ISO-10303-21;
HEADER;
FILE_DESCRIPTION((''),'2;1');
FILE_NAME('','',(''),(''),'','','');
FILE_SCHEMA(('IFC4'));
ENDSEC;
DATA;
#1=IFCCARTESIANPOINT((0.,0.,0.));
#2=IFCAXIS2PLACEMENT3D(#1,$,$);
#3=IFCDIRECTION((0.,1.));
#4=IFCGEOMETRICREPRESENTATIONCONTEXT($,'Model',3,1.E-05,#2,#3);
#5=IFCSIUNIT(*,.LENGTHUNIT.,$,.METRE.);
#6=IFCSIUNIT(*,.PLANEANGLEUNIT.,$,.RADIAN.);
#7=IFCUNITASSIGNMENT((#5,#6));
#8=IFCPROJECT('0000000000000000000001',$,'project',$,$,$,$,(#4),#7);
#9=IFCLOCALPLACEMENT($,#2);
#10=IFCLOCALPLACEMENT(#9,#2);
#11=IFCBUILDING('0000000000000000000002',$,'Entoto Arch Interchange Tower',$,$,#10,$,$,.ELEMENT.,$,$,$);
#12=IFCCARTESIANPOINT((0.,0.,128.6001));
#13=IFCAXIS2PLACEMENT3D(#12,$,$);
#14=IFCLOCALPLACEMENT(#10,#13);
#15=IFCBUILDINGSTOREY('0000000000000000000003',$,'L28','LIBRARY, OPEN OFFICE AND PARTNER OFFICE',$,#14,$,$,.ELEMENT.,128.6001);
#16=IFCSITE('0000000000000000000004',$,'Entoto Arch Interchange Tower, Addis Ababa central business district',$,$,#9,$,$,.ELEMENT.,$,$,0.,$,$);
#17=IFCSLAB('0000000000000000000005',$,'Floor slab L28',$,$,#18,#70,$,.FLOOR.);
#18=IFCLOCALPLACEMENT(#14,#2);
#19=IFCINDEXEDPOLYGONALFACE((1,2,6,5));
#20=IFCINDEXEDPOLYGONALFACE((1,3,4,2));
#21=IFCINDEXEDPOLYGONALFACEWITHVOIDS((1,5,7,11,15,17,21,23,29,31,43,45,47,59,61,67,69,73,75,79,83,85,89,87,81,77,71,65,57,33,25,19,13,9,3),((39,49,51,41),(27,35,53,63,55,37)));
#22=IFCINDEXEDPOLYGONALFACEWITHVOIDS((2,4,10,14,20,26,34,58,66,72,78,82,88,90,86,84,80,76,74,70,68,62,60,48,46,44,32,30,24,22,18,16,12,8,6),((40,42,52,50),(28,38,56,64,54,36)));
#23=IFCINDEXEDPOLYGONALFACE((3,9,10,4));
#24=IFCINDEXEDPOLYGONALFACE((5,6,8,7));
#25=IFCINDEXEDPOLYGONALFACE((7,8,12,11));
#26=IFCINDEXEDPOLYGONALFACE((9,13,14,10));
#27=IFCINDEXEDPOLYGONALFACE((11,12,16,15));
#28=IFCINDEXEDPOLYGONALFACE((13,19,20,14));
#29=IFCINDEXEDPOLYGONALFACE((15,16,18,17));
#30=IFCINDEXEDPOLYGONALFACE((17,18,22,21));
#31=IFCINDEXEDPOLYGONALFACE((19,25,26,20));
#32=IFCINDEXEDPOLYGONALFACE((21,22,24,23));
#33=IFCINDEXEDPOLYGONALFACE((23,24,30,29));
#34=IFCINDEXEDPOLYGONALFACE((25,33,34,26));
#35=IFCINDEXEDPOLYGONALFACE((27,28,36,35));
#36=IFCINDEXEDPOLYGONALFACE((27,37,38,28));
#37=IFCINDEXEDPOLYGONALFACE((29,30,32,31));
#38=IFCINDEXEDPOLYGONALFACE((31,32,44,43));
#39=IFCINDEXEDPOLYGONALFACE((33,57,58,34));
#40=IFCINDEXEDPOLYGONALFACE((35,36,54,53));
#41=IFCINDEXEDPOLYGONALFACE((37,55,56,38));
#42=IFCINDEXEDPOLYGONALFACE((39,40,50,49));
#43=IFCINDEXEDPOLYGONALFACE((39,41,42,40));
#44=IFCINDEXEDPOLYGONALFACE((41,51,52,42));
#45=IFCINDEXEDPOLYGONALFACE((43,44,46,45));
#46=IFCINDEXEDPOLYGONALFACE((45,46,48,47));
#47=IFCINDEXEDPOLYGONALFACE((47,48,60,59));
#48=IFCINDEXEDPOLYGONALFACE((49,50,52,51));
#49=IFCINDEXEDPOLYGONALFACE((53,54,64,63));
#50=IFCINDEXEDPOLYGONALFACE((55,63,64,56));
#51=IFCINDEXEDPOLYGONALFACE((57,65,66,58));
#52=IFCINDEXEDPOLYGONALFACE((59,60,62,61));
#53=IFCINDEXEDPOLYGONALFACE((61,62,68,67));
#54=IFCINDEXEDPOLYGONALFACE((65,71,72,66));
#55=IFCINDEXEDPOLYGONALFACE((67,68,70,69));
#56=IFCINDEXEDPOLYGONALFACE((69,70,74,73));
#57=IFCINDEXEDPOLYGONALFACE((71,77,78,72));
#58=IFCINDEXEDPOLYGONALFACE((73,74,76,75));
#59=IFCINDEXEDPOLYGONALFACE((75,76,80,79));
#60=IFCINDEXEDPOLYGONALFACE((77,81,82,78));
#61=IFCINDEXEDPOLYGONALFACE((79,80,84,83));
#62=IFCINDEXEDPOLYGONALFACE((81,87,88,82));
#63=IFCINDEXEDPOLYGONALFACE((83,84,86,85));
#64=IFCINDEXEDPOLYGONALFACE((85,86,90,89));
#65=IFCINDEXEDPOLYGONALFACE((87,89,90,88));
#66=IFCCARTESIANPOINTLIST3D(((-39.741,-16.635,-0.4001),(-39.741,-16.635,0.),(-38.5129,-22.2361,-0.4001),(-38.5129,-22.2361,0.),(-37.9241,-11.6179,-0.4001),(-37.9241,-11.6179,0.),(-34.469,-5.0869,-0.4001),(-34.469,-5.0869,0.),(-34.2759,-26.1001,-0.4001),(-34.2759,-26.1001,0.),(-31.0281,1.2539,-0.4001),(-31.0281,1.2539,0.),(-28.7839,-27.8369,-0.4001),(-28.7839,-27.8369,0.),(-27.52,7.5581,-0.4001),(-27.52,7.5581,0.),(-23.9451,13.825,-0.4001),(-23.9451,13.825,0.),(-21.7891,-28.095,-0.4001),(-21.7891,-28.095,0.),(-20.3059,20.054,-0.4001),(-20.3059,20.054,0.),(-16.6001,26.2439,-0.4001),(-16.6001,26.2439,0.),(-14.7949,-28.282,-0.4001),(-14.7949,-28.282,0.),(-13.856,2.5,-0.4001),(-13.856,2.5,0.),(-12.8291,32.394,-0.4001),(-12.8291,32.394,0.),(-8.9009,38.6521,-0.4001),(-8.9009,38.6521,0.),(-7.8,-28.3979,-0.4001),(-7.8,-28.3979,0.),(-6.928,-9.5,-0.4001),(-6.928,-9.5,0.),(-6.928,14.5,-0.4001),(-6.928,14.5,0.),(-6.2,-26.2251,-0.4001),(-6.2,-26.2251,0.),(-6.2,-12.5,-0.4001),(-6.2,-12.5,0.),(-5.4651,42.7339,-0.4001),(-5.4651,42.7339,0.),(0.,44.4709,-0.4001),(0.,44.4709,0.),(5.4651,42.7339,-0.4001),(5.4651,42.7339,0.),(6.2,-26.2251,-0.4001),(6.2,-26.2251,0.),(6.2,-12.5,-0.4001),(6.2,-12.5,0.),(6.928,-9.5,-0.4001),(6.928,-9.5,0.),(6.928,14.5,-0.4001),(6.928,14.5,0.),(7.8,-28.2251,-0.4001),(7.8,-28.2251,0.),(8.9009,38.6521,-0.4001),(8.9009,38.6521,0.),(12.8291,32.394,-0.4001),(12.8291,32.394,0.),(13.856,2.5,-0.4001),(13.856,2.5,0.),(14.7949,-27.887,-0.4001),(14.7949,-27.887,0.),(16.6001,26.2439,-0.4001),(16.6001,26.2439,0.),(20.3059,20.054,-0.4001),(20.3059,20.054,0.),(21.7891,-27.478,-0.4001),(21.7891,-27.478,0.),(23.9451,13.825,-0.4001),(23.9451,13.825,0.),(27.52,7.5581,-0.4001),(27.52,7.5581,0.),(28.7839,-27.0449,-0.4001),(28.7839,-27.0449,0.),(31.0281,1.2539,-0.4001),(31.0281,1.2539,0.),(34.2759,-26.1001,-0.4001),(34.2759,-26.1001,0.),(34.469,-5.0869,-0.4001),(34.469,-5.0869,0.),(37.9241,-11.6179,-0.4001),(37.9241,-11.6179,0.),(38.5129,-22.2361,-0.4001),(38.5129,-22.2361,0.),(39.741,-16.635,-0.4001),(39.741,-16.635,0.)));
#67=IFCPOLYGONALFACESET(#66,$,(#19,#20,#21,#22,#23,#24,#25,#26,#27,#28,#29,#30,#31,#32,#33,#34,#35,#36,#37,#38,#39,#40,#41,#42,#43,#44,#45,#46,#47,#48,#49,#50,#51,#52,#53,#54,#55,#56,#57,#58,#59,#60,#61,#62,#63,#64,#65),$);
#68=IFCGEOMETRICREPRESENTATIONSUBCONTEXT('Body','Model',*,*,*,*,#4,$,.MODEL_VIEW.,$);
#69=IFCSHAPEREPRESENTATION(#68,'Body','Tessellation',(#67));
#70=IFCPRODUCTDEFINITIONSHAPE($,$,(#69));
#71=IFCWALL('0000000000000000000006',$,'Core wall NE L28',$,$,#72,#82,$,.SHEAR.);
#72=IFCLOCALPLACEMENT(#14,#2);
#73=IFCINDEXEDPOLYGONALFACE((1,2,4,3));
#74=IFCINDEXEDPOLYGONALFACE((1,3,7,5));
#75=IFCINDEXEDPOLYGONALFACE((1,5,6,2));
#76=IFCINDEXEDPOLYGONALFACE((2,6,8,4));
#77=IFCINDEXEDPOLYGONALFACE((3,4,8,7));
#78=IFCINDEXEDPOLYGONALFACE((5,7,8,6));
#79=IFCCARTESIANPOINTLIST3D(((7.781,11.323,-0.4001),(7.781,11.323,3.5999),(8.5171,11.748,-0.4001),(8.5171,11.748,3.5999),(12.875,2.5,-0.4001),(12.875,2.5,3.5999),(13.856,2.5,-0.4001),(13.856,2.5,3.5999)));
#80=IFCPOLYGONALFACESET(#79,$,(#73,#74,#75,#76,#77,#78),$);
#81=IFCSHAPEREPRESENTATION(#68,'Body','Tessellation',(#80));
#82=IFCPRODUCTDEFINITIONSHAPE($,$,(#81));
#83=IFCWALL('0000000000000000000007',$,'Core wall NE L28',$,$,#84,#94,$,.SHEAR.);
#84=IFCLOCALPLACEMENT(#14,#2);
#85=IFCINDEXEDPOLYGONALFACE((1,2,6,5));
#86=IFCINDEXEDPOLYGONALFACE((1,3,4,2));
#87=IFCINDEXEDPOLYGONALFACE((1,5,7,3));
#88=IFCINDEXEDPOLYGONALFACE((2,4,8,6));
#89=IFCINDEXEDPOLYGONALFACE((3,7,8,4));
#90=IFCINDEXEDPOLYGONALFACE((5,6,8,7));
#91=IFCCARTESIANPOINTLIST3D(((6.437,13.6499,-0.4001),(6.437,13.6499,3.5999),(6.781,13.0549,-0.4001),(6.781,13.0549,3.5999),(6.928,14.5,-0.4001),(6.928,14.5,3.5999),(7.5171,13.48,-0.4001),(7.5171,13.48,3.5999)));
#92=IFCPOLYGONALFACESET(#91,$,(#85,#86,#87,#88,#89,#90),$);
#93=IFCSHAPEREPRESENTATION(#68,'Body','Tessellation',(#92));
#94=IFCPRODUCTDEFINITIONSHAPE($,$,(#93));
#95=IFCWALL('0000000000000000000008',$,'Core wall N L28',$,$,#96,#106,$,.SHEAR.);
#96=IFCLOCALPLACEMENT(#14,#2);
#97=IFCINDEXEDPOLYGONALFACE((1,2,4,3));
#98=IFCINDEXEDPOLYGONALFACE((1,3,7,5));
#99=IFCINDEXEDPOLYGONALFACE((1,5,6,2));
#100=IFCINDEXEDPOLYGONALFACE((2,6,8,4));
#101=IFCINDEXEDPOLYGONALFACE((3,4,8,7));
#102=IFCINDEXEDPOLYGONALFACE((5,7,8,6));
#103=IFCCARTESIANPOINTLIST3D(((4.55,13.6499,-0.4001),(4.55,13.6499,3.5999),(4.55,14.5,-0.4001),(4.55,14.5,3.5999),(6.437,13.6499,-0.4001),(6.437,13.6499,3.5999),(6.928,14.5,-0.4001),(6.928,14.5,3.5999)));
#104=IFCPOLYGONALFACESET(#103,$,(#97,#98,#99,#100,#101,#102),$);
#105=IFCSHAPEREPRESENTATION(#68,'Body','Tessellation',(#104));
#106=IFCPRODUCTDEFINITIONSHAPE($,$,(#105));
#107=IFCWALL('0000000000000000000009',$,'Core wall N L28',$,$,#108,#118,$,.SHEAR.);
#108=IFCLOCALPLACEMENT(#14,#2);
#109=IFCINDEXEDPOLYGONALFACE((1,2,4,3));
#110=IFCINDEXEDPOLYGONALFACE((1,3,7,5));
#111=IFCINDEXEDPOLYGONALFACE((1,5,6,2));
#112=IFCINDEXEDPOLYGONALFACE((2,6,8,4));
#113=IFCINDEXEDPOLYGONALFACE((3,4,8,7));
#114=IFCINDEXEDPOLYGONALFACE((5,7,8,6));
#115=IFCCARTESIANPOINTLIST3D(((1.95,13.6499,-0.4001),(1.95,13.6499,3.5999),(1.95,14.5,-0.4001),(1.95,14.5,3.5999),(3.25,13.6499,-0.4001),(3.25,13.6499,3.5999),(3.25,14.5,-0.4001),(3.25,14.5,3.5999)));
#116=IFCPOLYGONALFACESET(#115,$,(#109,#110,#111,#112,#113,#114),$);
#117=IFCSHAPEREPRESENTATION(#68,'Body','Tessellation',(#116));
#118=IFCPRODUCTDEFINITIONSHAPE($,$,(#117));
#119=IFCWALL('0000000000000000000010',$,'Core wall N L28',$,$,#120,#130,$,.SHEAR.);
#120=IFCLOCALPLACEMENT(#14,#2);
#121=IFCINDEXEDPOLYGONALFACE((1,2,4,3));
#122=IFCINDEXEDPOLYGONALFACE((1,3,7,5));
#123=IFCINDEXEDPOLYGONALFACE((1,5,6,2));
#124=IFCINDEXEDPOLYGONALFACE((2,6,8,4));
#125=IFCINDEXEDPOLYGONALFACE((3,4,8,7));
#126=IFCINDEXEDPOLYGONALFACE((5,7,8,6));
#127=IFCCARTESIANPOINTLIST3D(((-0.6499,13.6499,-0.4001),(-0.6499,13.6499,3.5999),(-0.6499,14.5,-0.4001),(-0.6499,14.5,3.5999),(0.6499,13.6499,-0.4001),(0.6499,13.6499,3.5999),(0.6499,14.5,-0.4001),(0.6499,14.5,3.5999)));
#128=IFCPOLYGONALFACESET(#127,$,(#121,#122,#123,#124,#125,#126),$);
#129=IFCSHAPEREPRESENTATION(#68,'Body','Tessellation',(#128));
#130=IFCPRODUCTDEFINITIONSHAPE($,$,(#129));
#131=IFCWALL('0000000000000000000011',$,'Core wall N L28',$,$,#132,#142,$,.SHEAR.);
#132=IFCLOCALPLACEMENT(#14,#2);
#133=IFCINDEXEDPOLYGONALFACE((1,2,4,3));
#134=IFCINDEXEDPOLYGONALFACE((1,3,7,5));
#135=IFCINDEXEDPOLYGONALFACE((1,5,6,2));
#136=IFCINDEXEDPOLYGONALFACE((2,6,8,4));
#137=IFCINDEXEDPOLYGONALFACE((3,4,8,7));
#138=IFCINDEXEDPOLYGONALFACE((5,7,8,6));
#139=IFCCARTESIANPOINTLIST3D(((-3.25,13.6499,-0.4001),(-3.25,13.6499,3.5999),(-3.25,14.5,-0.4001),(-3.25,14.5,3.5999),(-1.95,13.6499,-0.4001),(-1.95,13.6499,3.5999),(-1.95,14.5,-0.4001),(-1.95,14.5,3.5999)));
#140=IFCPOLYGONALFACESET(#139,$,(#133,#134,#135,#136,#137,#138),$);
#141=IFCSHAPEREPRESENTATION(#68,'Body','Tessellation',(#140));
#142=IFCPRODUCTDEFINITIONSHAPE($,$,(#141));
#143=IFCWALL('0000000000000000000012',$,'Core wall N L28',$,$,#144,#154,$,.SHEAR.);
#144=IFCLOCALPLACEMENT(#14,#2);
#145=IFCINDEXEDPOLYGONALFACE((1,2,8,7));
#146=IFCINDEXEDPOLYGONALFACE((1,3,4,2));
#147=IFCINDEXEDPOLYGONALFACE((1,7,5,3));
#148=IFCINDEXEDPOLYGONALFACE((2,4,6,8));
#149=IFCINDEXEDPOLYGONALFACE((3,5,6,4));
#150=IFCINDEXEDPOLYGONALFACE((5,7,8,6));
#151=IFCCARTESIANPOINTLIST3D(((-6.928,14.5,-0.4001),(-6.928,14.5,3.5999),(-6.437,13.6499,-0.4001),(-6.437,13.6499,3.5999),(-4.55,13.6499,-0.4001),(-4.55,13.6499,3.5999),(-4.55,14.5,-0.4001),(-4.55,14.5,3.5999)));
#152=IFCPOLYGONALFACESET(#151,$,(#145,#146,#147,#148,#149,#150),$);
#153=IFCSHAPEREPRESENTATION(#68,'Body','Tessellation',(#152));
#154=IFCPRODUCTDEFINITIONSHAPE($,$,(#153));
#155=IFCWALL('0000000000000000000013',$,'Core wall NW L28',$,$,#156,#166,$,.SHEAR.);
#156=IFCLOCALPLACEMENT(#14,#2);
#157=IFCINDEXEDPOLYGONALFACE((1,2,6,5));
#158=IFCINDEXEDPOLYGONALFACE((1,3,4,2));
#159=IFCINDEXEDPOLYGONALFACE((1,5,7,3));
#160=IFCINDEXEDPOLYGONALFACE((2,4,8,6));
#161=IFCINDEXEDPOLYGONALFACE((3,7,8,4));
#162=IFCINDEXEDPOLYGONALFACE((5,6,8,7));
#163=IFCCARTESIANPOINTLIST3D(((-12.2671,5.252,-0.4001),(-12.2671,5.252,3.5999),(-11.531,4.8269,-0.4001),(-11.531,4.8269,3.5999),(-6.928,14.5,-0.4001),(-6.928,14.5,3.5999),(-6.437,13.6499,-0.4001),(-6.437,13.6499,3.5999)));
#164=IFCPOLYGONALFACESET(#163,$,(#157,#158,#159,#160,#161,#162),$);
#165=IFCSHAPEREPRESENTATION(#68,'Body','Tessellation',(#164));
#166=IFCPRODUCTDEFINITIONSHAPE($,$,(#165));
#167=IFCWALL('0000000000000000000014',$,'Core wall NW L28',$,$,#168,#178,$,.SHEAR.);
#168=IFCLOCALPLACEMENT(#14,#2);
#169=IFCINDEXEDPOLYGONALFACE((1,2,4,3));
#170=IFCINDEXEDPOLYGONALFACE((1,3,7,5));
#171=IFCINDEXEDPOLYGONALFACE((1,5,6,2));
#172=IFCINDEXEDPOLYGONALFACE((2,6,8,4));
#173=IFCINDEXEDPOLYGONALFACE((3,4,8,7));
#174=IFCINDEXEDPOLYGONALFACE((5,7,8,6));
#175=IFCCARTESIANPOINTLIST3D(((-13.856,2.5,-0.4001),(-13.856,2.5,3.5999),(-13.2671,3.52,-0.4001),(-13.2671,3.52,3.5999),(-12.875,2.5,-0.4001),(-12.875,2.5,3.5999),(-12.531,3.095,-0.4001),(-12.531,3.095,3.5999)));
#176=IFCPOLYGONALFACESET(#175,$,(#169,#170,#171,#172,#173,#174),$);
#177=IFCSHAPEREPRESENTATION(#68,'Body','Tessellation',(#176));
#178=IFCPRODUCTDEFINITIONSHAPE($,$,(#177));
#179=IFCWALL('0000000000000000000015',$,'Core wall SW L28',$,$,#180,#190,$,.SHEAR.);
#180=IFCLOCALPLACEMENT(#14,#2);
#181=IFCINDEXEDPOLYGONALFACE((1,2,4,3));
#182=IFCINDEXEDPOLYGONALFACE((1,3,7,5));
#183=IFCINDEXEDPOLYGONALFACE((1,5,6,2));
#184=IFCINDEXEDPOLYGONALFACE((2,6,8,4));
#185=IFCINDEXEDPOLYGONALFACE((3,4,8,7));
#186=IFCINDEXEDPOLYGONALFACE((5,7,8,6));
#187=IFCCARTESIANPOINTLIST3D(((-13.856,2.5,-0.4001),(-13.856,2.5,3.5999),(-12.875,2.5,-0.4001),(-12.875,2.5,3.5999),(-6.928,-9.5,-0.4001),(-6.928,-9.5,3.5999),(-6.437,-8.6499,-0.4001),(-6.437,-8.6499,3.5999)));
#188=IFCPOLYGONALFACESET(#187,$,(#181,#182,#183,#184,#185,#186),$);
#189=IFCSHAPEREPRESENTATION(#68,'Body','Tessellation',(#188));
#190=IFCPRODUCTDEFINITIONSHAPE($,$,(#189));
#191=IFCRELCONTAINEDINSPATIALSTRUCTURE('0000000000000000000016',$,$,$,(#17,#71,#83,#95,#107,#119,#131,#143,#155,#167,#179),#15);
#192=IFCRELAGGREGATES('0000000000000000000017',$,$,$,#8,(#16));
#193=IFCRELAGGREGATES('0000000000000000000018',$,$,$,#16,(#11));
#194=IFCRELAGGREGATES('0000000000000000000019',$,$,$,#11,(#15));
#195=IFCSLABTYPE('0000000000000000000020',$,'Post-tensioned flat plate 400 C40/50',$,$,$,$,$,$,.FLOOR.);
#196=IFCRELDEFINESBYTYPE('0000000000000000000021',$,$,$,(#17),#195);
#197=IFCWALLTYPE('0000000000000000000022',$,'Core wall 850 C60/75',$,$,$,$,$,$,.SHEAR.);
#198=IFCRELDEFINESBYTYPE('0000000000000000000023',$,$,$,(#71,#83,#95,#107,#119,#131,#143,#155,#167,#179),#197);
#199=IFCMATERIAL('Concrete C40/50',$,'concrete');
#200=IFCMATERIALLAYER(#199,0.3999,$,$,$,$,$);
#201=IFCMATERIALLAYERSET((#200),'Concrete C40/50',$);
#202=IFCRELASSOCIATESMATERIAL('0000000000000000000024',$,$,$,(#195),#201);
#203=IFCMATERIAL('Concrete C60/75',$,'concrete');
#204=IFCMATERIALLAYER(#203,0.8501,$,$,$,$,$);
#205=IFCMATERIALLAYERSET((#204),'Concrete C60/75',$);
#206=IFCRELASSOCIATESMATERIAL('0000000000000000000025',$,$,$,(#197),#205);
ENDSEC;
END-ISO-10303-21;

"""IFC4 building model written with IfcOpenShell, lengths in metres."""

from ifc_helpers import new_model, si_unit, direction, frame, origin, place, context, subcontext, project, spatial, polyline, outline, extrude, material, layer, layer_set, type_object, element, save


model = new_model("IFC4")

# Units and contexts
model_context = context("Model", 3, precision=1e-05, world=origin(), true_north=direction((0.0, 1.0)))
body_context = subcontext(model_context, "Body", "Model", "MODEL_VIEW")
ifc_project = project(units=[si_unit("LENGTHUNIT", "METRE"), si_unit("PLANEANGLEUNIT", "RADIAN")], contexts=[model_context])

# Site, building, storey
site_placement = place(None, origin())
site = spatial("IfcSite", under=ifc_project, at=site_placement, Name="Entoto Arch Interchange Tower, Addis Ababa central business district", CompositionType="ELEMENT", RefElevation=0.0)
building_placement = place(site_placement, origin())
building = spatial("IfcBuilding", under=site, at=building_placement, Name="Entoto Arch Interchange Tower", CompositionType="ELEMENT")
storey_placement = place(building_placement, frame((0.0, 0.0, 128.6001)))
storey = spatial("IfcBuildingStorey", under=building, at=storey_placement, Name="L28", Description="LIBRARY, OPEN OFFICE AND PARTNER OFFICE", CompositionType="ELEMENT", Elevation=128.6001)

# Slab
ifc_material_1 = material(Name="Concrete C40/50", Category="concrete")
ifc_layer_1 = layer(ifc_material_1, 0.3999)
ifc_layer_set_1 = layer_set([ifc_layer_1], Name="Concrete C40/50")
slab_type = type_object("IfcSlabType", Name="Post-tensioned flat plate 400 C40/50", PredefinedType="FLOOR", material=ifc_layer_set_1)
slab_placement = place(storey_placement, frame((0.0, 0.0, -0.4001)))
element("IfcSlab", 1, at=slab_placement, inside=storey, type_object=slab_type, Name="Floor slab L28", PredefinedType="FLOOR", context=body_context, shape_type="SweptSolid", body=[
    extrude(outline(polyline([(-28.7839, -27.8369), (-21.7891, -28.095), (-14.7949, -28.282), (-7.8, -28.3979), (7.8, -28.2251), (14.7949, -27.887), (21.7891, -27.478), (28.7839, -27.0449), (34.2759, -26.1001), (38.5129, -22.2361), (39.741, -16.635), (37.9241, -11.6179), (34.469, -5.0869), (31.0281, 1.2539), (27.52, 7.5581), (23.9451, 13.825), (20.3059, 20.054), (16.6001, 26.2439), (12.8291, 32.394), (8.9009, 38.6521), (5.4651, 42.7339), (0.0, 44.4709), (-5.4651, 42.7339), (-8.9009, 38.6521), (-12.8291, 32.394), (-16.6001, 26.2439), (-20.3059, 20.054), (-23.9451, 13.825), (-27.52, 7.5581), (-31.0281, 1.2539), (-34.469, -5.0869), (-37.9241, -11.6179), (-39.741, -16.635), (-38.5129, -22.2361), (-34.2759, -26.1001), (-28.7839, -27.8369)]), holes=[polyline([(6.2, -26.2251), (6.2, -12.5), (-6.2, -12.5), (-6.2, -26.2251), (6.2, -26.2251)]), polyline([(13.856, 2.5), (6.928, 14.5), (-6.928, 14.5), (-13.856, 2.5), (-6.928, -9.5), (6.928, -9.5), (13.856, 2.5)])]), origin(), (0.0, 0.0, 1.0), 0.4001),
])

# Walls
ifc_material_2 = material(Name="Concrete C60/75", Category="concrete")
ifc_layer_2 = layer(ifc_material_2, 0.8501)
ifc_layer_set_2 = layer_set([ifc_layer_2], Name="Concrete C60/75")
wall_type_1 = type_object("IfcWallType", Name="Core wall 850 C60/75", PredefinedType="SHEAR", material=ifc_layer_set_2)
wall_1_placement = place(storey_placement, frame((0.0, 0.0, -0.4001)))
element("IfcWall", 2, at=wall_1_placement, inside=storey, type_object=wall_type_1, Name="Core wall NE L28", PredefinedType="SHEAR", context=body_context, shape_type="SweptSolid", body=[
    extrude(outline(polyline([(8.5171, 11.748), (7.781, 11.323), (12.875, 2.5), (13.856, 2.5), (8.5171, 11.748)])), origin(), (0.0, 0.0, 1.0), 4.0),
])
wall_2_placement = place(storey_placement, frame((0.0, 0.0, -0.4001)))
element("IfcWall", 3, at=wall_2_placement, inside=storey, type_object=wall_type_1, Name="Core wall NE L28", PredefinedType="SHEAR", context=body_context, shape_type="SweptSolid", body=[
    extrude(outline(polyline([(6.781, 13.0549), (7.5171, 13.48), (6.928, 14.5), (6.437, 13.6499), (6.781, 13.0549)])), origin(), (0.0, 0.0, 1.0), 4.0),
])
wall_3_placement = place(storey_placement, frame((0.0, 0.0, -0.4001)))
element("IfcWall", 4, at=wall_3_placement, inside=storey, type_object=wall_type_1, Name="Core wall N L28", PredefinedType="SHEAR", context=body_context, shape_type="SweptSolid", body=[
    extrude(outline(polyline([(4.55, 14.5), (4.55, 13.6499), (6.437, 13.6499), (6.928, 14.5), (4.55, 14.5)])), origin(), (0.0, 0.0, 1.0), 4.0),
])
wall_4_placement = place(storey_placement, frame((0.0, 0.0, -0.4001)))
element("IfcWall", 5, at=wall_4_placement, inside=storey, type_object=wall_type_1, Name="Core wall N L28", PredefinedType="SHEAR", context=body_context, shape_type="SweptSolid", body=[
    extrude(outline(polyline([(1.95, 14.5), (1.95, 13.6499), (3.25, 13.6499), (3.25, 14.5), (1.95, 14.5)])), origin(), (0.0, 0.0, 1.0), 4.0),
])
wall_5_placement = place(storey_placement, frame((0.0, 0.0, -0.4001)))
element("IfcWall", 6, at=wall_5_placement, inside=storey, type_object=wall_type_1, Name="Core wall N L28", PredefinedType="SHEAR", context=body_context, shape_type="SweptSolid", body=[
    extrude(outline(polyline([(-0.6499, 14.5), (-0.6499, 13.6499), (0.6499, 13.6499), (0.6499, 14.5), (-0.6499, 14.5)])), origin(), (0.0, 0.0, 1.0), 4.0),
])
wall_6_placement = place(storey_placement, frame((0.0, 0.0, -0.4001)))
element("IfcWall", 7, at=wall_6_placement, inside=storey, type_object=wall_type_1, Name="Core wall N L28", PredefinedType="SHEAR", context=body_context, shape_type="SweptSolid", body=[
    extrude(outline(polyline([(-3.25, 14.5), (-3.25, 13.6499), (-1.95, 13.6499), (-1.95, 14.5), (-3.25, 14.5)])), origin(), (0.0, 0.0, 1.0), 4.0),
])
wall_7_placement = place(storey_placement, frame((0.0, 0.0, -0.4001)))
element("IfcWall", 8, at=wall_7_placement, inside=storey, type_object=wall_type_1, Name="Core wall N L28", PredefinedType="SHEAR", context=body_context, shape_type="SweptSolid", body=[
    extrude(outline(polyline([(-4.55, 13.6499), (-4.55, 14.5), (-6.928, 14.5), (-6.437, 13.6499), (-4.55, 13.6499)])), origin(), (0.0, 0.0, 1.0), 4.0),
])
wall_8_placement = place(storey_placement, frame((0.0, 0.0, -0.4001)))
element("IfcWall", 9, at=wall_8_placement, inside=storey, type_object=wall_type_1, Name="Core wall NW L28", PredefinedType="SHEAR", context=body_context, shape_type="SweptSolid", body=[
    extrude(outline(polyline([(-12.2671, 5.252), (-11.531, 4.8269), (-6.437, 13.6499), (-6.928, 14.5), (-12.2671, 5.252)])), origin(), (0.0, 0.0, 1.0), 4.0),
])
wall_9_placement = place(storey_placement, frame((0.0, 0.0, -0.4001)))
element("IfcWall", 10, at=wall_9_placement, inside=storey, type_object=wall_type_1, Name="Core wall NW L28", PredefinedType="SHEAR", context=body_context, shape_type="SweptSolid", body=[
    extrude(outline(polyline([(-12.531, 3.095), (-13.2671, 3.52), (-13.856, 2.5), (-12.875, 2.5), (-12.531, 3.095)])), origin(), (0.0, 0.0, 1.0), 4.0),
])
wall_10_placement = place(storey_placement, frame((0.0, 0.0, -0.4001)))
element("IfcWall", 11, at=wall_10_placement, inside=storey, type_object=wall_type_1, Name="Core wall SW L28", PredefinedType="SHEAR", context=body_context, shape_type="SweptSolid", body=[
    extrude(outline(polyline([(-13.856, 2.5), (-6.928, -9.5), (-6.437, -8.6499), (-12.875, 2.5), (-13.856, 2.5)])), origin(), (0.0, 0.0, 1.0), 4.0),
])

save(model, "model.ifc")
